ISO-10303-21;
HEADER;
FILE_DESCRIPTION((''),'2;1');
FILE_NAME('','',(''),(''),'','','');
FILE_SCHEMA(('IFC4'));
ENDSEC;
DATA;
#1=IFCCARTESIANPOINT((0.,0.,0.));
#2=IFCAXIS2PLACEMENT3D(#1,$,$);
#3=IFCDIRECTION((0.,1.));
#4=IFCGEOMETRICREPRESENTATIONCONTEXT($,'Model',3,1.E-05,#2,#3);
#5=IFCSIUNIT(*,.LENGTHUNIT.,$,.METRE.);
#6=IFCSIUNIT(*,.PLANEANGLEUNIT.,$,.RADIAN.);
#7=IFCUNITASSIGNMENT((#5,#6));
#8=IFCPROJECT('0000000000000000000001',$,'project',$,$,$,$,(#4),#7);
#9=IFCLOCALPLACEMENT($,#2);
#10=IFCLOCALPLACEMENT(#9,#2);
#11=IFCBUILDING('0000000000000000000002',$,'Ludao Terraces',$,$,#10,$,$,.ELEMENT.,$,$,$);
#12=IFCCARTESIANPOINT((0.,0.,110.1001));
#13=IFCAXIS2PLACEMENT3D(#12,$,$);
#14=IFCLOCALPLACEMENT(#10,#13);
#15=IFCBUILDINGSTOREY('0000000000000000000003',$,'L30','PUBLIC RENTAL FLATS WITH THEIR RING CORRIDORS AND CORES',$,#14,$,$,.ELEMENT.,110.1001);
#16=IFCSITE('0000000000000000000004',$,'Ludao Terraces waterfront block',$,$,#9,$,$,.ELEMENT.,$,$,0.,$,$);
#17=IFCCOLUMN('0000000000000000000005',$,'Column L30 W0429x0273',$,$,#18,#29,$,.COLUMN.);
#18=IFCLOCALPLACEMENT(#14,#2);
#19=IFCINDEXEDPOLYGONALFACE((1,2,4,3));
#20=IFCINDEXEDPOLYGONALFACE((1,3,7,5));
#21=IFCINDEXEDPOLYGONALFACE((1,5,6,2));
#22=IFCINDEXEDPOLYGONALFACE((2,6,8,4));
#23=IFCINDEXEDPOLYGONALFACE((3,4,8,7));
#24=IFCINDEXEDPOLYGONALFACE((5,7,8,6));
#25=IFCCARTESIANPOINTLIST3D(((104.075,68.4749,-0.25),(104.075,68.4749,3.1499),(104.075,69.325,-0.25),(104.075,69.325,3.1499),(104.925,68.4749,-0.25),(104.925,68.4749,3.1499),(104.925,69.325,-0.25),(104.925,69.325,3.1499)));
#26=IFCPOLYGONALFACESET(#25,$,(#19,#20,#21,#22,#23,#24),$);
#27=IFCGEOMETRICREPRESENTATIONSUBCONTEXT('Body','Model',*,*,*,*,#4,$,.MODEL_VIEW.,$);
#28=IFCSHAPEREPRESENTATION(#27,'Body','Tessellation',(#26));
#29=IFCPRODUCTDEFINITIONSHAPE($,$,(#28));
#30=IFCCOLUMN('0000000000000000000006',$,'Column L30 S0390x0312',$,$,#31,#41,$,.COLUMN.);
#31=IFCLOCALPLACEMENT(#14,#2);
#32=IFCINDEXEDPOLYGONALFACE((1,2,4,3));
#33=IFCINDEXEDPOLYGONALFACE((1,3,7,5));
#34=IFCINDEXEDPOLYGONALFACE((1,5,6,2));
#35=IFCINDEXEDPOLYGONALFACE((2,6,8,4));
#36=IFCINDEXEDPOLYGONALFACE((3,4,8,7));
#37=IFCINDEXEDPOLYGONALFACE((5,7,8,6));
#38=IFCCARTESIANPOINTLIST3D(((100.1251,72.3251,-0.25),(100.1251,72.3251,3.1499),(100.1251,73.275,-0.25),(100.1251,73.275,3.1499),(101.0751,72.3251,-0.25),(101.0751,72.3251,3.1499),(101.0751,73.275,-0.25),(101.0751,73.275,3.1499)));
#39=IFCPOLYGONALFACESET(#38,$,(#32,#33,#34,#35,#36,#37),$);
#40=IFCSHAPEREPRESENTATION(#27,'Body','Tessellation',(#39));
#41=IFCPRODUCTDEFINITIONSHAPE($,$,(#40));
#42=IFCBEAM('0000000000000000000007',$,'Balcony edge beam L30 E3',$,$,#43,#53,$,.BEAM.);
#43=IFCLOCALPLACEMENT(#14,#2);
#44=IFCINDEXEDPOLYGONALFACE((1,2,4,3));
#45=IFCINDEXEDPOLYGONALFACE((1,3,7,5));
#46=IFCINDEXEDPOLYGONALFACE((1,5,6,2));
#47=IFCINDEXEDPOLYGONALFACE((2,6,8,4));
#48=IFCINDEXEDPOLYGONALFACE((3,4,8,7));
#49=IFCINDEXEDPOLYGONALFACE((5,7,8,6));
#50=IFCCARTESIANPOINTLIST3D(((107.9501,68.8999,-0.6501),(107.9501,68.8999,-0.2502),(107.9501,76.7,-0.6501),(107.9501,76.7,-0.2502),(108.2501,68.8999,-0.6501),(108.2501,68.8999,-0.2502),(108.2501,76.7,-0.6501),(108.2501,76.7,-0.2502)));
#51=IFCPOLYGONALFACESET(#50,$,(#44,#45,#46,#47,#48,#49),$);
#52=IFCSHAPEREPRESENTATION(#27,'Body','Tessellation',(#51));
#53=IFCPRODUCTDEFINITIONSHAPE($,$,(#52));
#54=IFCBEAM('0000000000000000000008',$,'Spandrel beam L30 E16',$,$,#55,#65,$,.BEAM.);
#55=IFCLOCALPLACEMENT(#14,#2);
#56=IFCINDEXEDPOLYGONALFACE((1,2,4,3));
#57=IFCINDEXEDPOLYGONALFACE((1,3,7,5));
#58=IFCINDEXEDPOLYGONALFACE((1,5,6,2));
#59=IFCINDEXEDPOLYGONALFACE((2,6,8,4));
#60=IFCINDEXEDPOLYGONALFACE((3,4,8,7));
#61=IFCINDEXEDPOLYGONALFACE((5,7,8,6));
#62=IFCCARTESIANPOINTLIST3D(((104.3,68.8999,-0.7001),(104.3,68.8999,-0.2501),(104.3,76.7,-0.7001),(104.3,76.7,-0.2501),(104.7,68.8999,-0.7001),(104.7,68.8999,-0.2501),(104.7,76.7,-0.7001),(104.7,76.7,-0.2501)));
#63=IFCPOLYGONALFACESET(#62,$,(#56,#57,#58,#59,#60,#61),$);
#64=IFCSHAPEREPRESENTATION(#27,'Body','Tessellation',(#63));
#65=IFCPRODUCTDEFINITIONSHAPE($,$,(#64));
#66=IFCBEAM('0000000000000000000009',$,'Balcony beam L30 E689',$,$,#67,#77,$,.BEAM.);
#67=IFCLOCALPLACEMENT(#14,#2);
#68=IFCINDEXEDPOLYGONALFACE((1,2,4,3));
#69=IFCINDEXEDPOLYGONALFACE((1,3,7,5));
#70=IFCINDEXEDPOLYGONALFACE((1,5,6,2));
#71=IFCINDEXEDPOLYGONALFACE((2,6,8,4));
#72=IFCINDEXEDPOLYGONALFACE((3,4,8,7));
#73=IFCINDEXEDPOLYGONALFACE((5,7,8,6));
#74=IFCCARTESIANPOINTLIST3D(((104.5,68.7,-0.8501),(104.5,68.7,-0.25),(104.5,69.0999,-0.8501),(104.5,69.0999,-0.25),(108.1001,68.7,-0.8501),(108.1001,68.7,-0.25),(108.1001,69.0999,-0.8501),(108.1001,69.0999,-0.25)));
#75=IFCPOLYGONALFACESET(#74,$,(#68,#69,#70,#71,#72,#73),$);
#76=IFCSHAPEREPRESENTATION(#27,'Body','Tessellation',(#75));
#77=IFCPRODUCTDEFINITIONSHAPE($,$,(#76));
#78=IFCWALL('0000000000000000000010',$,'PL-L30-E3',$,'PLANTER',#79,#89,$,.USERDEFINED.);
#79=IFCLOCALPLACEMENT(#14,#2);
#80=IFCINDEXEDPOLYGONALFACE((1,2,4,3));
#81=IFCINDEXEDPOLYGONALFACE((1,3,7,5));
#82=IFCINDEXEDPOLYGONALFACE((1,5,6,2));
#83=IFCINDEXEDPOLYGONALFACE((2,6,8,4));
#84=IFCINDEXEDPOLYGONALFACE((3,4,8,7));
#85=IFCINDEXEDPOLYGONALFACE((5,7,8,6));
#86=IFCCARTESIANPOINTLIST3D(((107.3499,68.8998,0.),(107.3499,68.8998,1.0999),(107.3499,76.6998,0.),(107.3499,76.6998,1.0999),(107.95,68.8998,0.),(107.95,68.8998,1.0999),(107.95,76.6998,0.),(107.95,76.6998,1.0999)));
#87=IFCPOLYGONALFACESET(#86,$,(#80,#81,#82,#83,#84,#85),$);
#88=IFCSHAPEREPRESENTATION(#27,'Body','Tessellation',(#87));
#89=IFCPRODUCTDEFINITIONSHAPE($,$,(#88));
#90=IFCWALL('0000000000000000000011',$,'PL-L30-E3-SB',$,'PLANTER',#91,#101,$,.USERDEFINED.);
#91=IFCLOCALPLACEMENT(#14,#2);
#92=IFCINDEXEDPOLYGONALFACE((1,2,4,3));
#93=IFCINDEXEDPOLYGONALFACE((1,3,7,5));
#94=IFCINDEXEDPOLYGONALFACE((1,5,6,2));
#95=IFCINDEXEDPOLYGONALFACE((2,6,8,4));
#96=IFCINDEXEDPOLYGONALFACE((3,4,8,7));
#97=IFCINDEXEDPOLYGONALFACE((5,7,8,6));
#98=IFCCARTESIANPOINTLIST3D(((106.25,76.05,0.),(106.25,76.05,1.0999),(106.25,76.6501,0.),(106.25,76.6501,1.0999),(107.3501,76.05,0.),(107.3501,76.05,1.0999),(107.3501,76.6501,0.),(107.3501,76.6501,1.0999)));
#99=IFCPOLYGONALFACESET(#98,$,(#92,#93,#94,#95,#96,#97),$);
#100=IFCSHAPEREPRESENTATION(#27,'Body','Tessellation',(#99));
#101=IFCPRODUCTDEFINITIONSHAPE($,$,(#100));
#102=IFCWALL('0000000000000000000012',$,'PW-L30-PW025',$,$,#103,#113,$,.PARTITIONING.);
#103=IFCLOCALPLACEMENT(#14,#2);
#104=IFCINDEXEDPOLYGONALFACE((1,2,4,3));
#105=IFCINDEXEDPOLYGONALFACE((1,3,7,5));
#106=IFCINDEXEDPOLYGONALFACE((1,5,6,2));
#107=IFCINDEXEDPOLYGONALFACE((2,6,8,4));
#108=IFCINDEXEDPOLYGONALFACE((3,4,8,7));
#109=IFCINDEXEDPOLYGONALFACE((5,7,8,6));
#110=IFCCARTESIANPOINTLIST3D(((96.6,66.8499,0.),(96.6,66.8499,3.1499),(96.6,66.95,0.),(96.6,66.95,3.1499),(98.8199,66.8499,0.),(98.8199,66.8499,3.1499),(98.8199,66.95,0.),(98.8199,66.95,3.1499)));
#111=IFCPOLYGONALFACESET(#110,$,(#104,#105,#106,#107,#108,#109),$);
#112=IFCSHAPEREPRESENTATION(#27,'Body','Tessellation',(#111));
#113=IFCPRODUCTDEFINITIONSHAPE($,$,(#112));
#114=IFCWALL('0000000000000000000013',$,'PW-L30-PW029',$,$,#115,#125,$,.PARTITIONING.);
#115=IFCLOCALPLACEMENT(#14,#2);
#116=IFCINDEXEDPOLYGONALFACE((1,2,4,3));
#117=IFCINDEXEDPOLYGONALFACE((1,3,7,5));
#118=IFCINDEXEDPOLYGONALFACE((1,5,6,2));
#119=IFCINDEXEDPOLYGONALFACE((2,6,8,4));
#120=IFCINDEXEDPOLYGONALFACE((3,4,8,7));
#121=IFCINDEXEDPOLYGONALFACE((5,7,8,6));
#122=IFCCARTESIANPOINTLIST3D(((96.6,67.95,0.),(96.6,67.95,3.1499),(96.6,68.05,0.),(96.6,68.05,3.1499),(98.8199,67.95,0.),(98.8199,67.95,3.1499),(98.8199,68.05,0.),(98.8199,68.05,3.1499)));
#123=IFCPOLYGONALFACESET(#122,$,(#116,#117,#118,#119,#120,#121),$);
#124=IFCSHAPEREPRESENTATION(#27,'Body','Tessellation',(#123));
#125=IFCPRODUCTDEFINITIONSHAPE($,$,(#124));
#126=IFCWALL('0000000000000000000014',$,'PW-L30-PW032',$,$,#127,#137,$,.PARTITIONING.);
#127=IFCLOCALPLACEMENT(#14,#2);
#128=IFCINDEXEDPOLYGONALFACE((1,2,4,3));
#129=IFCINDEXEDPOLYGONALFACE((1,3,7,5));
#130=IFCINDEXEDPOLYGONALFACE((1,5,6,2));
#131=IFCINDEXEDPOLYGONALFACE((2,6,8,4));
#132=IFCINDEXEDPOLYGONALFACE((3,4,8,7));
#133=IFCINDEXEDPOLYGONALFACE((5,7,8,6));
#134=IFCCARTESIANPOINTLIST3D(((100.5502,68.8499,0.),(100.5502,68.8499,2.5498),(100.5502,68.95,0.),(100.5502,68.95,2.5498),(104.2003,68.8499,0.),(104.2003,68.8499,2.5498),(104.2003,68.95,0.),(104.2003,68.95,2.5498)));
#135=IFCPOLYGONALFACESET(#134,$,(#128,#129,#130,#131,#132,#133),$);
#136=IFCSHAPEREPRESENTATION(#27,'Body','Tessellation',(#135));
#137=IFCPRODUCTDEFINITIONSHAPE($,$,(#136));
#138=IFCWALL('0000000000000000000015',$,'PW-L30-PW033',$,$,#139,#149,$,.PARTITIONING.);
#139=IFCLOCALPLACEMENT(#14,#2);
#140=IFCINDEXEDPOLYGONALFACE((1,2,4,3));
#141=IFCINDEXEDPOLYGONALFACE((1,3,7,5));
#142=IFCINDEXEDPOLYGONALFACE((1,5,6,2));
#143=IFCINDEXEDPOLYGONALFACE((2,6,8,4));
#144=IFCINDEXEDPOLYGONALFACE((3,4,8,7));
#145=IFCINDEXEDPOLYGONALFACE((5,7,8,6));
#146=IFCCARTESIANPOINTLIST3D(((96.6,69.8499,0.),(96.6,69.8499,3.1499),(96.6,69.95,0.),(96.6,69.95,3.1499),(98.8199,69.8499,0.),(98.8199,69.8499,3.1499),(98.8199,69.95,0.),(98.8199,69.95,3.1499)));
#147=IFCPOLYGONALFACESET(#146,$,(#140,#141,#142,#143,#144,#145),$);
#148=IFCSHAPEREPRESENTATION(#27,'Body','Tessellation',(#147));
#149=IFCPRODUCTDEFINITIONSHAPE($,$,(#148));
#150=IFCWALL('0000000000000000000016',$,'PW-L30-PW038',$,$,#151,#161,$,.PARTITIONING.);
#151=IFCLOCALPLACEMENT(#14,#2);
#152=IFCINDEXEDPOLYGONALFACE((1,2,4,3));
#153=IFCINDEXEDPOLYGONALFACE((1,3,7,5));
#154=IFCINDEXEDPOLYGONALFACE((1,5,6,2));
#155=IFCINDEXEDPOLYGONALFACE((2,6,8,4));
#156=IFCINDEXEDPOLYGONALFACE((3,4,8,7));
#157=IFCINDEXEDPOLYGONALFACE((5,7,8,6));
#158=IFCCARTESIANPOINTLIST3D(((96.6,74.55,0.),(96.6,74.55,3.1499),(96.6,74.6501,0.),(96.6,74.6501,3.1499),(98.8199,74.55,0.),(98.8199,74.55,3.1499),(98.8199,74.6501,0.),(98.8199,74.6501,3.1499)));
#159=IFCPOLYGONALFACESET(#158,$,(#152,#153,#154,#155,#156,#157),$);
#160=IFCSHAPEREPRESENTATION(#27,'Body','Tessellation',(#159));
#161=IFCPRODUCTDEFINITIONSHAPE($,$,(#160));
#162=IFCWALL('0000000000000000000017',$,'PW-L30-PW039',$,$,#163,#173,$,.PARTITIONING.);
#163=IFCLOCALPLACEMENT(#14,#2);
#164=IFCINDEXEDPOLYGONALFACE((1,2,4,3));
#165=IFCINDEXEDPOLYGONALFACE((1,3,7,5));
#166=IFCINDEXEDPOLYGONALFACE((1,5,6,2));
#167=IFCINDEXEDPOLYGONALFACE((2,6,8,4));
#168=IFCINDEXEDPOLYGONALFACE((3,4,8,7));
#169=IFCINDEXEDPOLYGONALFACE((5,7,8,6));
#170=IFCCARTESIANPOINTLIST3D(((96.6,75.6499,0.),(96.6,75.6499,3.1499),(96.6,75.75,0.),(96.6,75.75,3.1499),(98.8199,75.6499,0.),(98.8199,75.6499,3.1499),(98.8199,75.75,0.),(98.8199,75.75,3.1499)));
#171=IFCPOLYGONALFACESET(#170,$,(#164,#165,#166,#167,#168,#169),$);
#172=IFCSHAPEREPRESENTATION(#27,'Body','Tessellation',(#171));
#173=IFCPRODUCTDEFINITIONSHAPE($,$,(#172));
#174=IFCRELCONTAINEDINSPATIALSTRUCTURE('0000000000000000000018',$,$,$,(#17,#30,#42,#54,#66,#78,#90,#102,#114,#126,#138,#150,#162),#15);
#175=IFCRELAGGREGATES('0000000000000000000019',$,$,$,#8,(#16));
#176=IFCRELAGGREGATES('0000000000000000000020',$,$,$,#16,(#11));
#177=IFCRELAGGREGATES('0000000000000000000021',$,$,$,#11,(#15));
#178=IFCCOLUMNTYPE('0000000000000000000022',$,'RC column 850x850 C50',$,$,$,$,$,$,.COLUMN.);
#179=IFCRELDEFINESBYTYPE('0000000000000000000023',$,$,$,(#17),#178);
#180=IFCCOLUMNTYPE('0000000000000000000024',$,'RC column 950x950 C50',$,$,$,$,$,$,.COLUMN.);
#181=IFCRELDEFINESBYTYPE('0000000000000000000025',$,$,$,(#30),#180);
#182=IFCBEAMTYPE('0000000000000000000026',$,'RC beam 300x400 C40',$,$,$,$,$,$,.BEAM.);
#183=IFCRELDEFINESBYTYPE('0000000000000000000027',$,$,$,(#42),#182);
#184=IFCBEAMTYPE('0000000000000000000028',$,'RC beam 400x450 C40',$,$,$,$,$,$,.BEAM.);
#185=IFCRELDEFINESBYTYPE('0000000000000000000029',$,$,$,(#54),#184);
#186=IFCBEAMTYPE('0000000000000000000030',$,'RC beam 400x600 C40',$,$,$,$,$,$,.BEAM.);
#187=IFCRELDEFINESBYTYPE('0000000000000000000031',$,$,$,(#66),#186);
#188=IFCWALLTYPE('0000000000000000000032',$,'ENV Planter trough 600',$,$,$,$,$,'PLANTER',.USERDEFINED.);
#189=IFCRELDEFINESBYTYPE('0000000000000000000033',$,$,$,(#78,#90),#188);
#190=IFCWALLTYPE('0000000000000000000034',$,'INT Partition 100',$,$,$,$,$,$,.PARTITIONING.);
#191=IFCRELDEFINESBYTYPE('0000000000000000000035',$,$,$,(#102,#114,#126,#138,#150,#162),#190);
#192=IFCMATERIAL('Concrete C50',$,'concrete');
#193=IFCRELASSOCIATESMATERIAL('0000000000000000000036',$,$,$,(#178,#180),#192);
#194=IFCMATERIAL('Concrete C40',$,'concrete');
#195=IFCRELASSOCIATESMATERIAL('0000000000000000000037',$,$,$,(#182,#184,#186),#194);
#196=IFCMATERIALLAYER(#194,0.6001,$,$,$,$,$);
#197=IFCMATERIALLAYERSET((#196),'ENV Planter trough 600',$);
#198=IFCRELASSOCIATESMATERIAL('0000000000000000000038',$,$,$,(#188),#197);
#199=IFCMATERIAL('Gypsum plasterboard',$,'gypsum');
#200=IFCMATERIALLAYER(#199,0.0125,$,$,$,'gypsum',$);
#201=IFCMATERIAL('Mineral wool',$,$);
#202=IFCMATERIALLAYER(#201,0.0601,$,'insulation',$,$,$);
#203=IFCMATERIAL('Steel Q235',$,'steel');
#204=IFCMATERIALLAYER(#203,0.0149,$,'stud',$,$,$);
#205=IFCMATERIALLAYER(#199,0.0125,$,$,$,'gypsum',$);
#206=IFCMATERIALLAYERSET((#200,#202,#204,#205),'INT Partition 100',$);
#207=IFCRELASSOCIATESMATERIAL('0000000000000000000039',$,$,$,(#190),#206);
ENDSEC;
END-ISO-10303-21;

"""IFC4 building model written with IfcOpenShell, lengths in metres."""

from ifc_helpers import new_model, si_unit, direction, frame, frame_2d, origin, origin_2d, place, context, subcontext, project, spatial, rectangle, extrude, material, layer, layer_set, material_profile, profile_set, type_object, element, save


model = new_model("IFC4")

# Units and contexts
model_context = context("Model", 3, precision=1e-05, world=origin(), true_north=direction((0.0, 1.0)))
body_context = subcontext(model_context, "Body", "Model", "MODEL_VIEW")
ifc_project = project(units=[si_unit("LENGTHUNIT", "METRE"), si_unit("PLANEANGLEUNIT", "RADIAN")], contexts=[model_context])

# Site, building, storey
site_placement = place(None, origin())
site = spatial("IfcSite", under=ifc_project, at=site_placement, Name="Ludao Terraces waterfront block", CompositionType="ELEMENT", RefElevation=0.0)
building_placement = place(site_placement, origin())
building = spatial("IfcBuilding", under=site, at=building_placement, Name="Ludao Terraces", CompositionType="ELEMENT")
storey_placement = place(building_placement, frame((0.0, 0.0, 110.1001)))
storey = spatial("IfcBuildingStorey", under=building, at=storey_placement, Name="L30", Description="PUBLIC RENTAL FLATS WITH THEIR RING CORRIDORS AND CORES", CompositionType="ELEMENT", Elevation=110.1001)

# Columns
ifc_material_1 = material(Name="Concrete C50", Category="concrete")
ifc_material_profile_1 = material_profile(ifc_material_1, rectangle(XDim=0.8501, YDim=0.8501, at=origin_2d()), Name="850 X 850")
ifc_profile_set_1 = profile_set([ifc_material_profile_1], Name="Concrete C50")
column_type_1 = type_object("IfcColumnType", Name="RC column 850x850 C50", PredefinedType="COLUMN", material=ifc_profile_set_1)
column_1_placement = place(storey_placement, frame((104.5, 68.8999, -0.25), z_axis=(0.0, 0.0, 1.0), x_axis=(1.0, 0.0, 0.0)))
element("IfcColumn", 1, at=column_1_placement, inside=storey, type_object=column_type_1, Name="Column L30 W0429x0273", PredefinedType="COLUMN", context=body_context, shape_type="SweptSolid", body=[
    extrude(rectangle(XDim=0.8501, YDim=0.8501, at=origin_2d()), origin(), (0.0, 0.0, 1.0), 3.3999),
])
ifc_material_profile_2 = material_profile(ifc_material_1, rectangle(XDim=0.95, YDim=0.95, at=origin_2d()), Name="950 X 950")
ifc_profile_set_2 = profile_set([ifc_material_profile_2], Name="Concrete C50")
column_type_2 = type_object("IfcColumnType", Name="RC column 950x950 C50", PredefinedType="COLUMN", material=ifc_profile_set_2)
column_2_placement = place(storey_placement, frame((100.6001, 72.8, -0.25), z_axis=(0.0, 0.0, 1.0), x_axis=(1.0, 0.0, 0.0)))
element("IfcColumn", 2, at=column_2_placement, inside=storey, type_object=column_type_2, Name="Column L30 S0390x0312", PredefinedType="COLUMN", context=body_context, shape_type="SweptSolid", body=[
    extrude(rectangle(XDim=0.95, YDim=0.95, at=origin_2d()), origin(), (0.0, 0.0, 1.0), 3.3999),
])

# Beams
ifc_material_2 = material(Name="Concrete C40", Category="concrete")
ifc_material_profile_3 = material_profile(ifc_material_2, rectangle(XDim=0.3, YDim=0.3999, at=origin_2d()), Name="300 X 400")
ifc_profile_set_3 = profile_set([ifc_material_profile_3], Name="Concrete C40")
beam_type_1 = type_object("IfcBeamType", Name="RC beam 300x400 C40", PredefinedType="BEAM", material=ifc_profile_set_3)
beam_1_placement = place(storey_placement, frame((108.1001, 68.8999, -0.4502), z_axis=(0.0, 1.0, 0.0), x_axis=(-1.0, 0.0, 0.0)))
element("IfcBeam", 3, at=beam_1_placement, inside=storey, type_object=beam_type_1, Name="Balcony edge beam L30 E3", PredefinedType="BEAM", context=body_context, shape_type="SweptSolid", body=[
    extrude(rectangle(XDim=0.3, YDim=0.3999, at=origin_2d()), origin(), (0.0, 0.0, 1.0), 7.8),
])
ifc_material_profile_4 = material_profile(ifc_material_2, rectangle(XDim=0.3999, YDim=0.45, at=origin_2d()), Name="400 X 450")
ifc_profile_set_4 = profile_set([ifc_material_profile_4], Name="Concrete C40")
beam_type_2 = type_object("IfcBeamType", Name="RC beam 400x450 C40", PredefinedType="BEAM", material=ifc_profile_set_4)
beam_2_placement = place(storey_placement, frame((104.5, 68.8999, -0.4751), z_axis=(0.0, 1.0, 0.0), x_axis=(-1.0, 0.0, 0.0)))
element("IfcBeam", 4, at=beam_2_placement, inside=storey, type_object=beam_type_2, Name="Spandrel beam L30 E16", PredefinedType="BEAM", context=body_context, shape_type="SweptSolid", body=[
    extrude(rectangle(XDim=0.3999, YDim=0.45, at=origin_2d()), origin(), (0.0, 0.0, 1.0), 7.8),
])
ifc_material_profile_5 = material_profile(ifc_material_2, rectangle(XDim=0.3999, YDim=0.6001, at=origin_2d()), Name="400 X 600")
ifc_profile_set_5 = profile_set([ifc_material_profile_5], Name="Concrete C40")
beam_type_3 = type_object("IfcBeamType", Name="RC beam 400x600 C40", PredefinedType="BEAM", material=ifc_profile_set_5)
beam_3_placement = place(storey_placement, frame((104.5, 68.8999, -0.55), z_axis=(1.0, 0.0, 0.0), x_axis=(0.0, 1.0, 0.0)))
element("IfcBeam", 5, at=beam_3_placement, inside=storey, type_object=beam_type_3, Name="Balcony beam L30 E689", PredefinedType="BEAM", context=body_context, shape_type="SweptSolid", body=[
    extrude(rectangle(XDim=0.3999, YDim=0.6001, at=origin_2d()), origin(), (0.0, 0.0, 1.0), 3.6001),
])

# Walls
ifc_layer_1 = layer(ifc_material_2, 0.6001)
ifc_layer_set_1 = layer_set([ifc_layer_1], Name="ENV Planter trough 600")
wall_type_1 = type_object("IfcWallType", Name="ENV Planter trough 600", ElementType="PLANTER", PredefinedType="USERDEFINED", material=ifc_layer_set_1)
wall_1_placement = place(storey_placement, frame((107.6499, 68.8999, 0.0), z_axis=(0.0, 0.0, 1.0), x_axis=(0.0, 1.0, 0.0)))
element("IfcWall", 6, at=wall_1_placement, inside=storey, type_object=wall_type_1, Name="PL-L30-E3", ObjectType="PLANTER", PredefinedType="USERDEFINED", context=body_context, shape_type="SweptSolid", body=[
    extrude(rectangle(XDim=7.8, YDim=0.6001, at=frame_2d((3.8999, 0.0))), origin(), (0.0, 0.0, 1.0), 1.0999),
])
wall_2_placement = place(storey_placement, frame((107.3501, 76.3501, 0.0), z_axis=(0.0, 0.0, 1.0), x_axis=(-1.0, 0.0, 0.0)))
element("IfcWall", 7, at=wall_2_placement, inside=storey, type_object=wall_type_1, Name="PL-L30-E3-SB", ObjectType="PLANTER", PredefinedType="USERDEFINED", context=body_context, shape_type="SweptSolid", body=[
    extrude(rectangle(XDim=1.1001, YDim=0.6001, at=frame_2d((0.55, 0.0))), origin(), (0.0, 0.0, 1.0), 1.0999),
])

# Shared definitions
ifc_material_3 = material(Name="Mineral wool")

# Walls
ifc_material_4 = material(Name="Gypsum plasterboard", Category="gypsum")
ifc_layer_2 = layer(ifc_material_4, 0.0125, Category="gypsum")
ifc_layer_3 = layer(ifc_material_3, 0.0601, Name="insulation")
ifc_material_5 = material(Name="Steel Q235", Category="steel")
ifc_layer_4 = layer(ifc_material_5, 0.0149, Name="stud")
ifc_layer_5 = layer(ifc_material_4, 0.0125, Category="gypsum")
ifc_layer_set_2 = layer_set([ifc_layer_2, ifc_layer_3, ifc_layer_4, ifc_layer_5], Name="INT Partition 100")
wall_type_2 = type_object("IfcWallType", Name="INT Partition 100", PredefinedType="PARTITIONING", material=ifc_layer_set_2)
for number, where, z_axis, x_axis, name in (
    (8, (96.6001, 66.8999, 0.0), (0.0, 0.0, 1.0), (1.0, 0.0, 0.0), "PW-L30-PW025"),
    (9, (96.6001, 68.0, 0.0), (0.0, 0.0, 1.0), (1.0, 0.0, 0.0), "PW-L30-PW029"),
):
    element("IfcWall", number, at=place(storey_placement, frame(where, z_axis=z_axis, x_axis=x_axis)), inside=storey, type_object=wall_type_2, Name=name, PredefinedType="PARTITIONING", context=body_context, shape_type="SweptSolid", body=[
        extrude(rectangle(XDim=2.22, YDim=0.1001, at=frame_2d((1.1099, 0.0))), origin(), (0.0, 0.0, 1.0), 3.1499),
    ])
wall_3_placement = place(storey_placement, frame((100.55, 68.8999, 0.0), z_axis=(0.0, 0.0, 1.0), x_axis=(1.0, 0.0, 0.0)))
element("IfcWall", 10, at=wall_3_placement, inside=storey, type_object=wall_type_2, Name="PW-L30-PW032", PredefinedType="PARTITIONING", context=body_context, shape_type="SweptSolid", body=[
    extrude(rectangle(XDim=3.6501, YDim=0.1001, at=frame_2d((1.8252, 0.0))), origin(), (0.0, 0.0, 1.0), 2.5498),
])
for number, where, z_axis, x_axis, name in (
    (11, (96.6001, 69.8999, 0.0), (0.0, 0.0, 1.0), (1.0, 0.0, 0.0), "PW-L30-PW033"),
    (12, (96.6001, 74.6001, 0.0), (0.0, 0.0, 1.0), (1.0, 0.0, 0.0), "PW-L30-PW038"),
    (13, (96.6001, 75.7, 0.0), (0.0, 0.0, 1.0), (1.0, 0.0, 0.0), "PW-L30-PW039"),
):
    element("IfcWall", number, at=place(storey_placement, frame(where, z_axis=z_axis, x_axis=x_axis)), inside=storey, type_object=wall_type_2, Name=name, PredefinedType="PARTITIONING", context=body_context, shape_type="SweptSolid", body=[
        extrude(rectangle(XDim=2.22, YDim=0.1001, at=frame_2d((1.1099, 0.0))), origin(), (0.0, 0.0, 1.0), 3.1499),
    ])

save(model, "model.ifc")
